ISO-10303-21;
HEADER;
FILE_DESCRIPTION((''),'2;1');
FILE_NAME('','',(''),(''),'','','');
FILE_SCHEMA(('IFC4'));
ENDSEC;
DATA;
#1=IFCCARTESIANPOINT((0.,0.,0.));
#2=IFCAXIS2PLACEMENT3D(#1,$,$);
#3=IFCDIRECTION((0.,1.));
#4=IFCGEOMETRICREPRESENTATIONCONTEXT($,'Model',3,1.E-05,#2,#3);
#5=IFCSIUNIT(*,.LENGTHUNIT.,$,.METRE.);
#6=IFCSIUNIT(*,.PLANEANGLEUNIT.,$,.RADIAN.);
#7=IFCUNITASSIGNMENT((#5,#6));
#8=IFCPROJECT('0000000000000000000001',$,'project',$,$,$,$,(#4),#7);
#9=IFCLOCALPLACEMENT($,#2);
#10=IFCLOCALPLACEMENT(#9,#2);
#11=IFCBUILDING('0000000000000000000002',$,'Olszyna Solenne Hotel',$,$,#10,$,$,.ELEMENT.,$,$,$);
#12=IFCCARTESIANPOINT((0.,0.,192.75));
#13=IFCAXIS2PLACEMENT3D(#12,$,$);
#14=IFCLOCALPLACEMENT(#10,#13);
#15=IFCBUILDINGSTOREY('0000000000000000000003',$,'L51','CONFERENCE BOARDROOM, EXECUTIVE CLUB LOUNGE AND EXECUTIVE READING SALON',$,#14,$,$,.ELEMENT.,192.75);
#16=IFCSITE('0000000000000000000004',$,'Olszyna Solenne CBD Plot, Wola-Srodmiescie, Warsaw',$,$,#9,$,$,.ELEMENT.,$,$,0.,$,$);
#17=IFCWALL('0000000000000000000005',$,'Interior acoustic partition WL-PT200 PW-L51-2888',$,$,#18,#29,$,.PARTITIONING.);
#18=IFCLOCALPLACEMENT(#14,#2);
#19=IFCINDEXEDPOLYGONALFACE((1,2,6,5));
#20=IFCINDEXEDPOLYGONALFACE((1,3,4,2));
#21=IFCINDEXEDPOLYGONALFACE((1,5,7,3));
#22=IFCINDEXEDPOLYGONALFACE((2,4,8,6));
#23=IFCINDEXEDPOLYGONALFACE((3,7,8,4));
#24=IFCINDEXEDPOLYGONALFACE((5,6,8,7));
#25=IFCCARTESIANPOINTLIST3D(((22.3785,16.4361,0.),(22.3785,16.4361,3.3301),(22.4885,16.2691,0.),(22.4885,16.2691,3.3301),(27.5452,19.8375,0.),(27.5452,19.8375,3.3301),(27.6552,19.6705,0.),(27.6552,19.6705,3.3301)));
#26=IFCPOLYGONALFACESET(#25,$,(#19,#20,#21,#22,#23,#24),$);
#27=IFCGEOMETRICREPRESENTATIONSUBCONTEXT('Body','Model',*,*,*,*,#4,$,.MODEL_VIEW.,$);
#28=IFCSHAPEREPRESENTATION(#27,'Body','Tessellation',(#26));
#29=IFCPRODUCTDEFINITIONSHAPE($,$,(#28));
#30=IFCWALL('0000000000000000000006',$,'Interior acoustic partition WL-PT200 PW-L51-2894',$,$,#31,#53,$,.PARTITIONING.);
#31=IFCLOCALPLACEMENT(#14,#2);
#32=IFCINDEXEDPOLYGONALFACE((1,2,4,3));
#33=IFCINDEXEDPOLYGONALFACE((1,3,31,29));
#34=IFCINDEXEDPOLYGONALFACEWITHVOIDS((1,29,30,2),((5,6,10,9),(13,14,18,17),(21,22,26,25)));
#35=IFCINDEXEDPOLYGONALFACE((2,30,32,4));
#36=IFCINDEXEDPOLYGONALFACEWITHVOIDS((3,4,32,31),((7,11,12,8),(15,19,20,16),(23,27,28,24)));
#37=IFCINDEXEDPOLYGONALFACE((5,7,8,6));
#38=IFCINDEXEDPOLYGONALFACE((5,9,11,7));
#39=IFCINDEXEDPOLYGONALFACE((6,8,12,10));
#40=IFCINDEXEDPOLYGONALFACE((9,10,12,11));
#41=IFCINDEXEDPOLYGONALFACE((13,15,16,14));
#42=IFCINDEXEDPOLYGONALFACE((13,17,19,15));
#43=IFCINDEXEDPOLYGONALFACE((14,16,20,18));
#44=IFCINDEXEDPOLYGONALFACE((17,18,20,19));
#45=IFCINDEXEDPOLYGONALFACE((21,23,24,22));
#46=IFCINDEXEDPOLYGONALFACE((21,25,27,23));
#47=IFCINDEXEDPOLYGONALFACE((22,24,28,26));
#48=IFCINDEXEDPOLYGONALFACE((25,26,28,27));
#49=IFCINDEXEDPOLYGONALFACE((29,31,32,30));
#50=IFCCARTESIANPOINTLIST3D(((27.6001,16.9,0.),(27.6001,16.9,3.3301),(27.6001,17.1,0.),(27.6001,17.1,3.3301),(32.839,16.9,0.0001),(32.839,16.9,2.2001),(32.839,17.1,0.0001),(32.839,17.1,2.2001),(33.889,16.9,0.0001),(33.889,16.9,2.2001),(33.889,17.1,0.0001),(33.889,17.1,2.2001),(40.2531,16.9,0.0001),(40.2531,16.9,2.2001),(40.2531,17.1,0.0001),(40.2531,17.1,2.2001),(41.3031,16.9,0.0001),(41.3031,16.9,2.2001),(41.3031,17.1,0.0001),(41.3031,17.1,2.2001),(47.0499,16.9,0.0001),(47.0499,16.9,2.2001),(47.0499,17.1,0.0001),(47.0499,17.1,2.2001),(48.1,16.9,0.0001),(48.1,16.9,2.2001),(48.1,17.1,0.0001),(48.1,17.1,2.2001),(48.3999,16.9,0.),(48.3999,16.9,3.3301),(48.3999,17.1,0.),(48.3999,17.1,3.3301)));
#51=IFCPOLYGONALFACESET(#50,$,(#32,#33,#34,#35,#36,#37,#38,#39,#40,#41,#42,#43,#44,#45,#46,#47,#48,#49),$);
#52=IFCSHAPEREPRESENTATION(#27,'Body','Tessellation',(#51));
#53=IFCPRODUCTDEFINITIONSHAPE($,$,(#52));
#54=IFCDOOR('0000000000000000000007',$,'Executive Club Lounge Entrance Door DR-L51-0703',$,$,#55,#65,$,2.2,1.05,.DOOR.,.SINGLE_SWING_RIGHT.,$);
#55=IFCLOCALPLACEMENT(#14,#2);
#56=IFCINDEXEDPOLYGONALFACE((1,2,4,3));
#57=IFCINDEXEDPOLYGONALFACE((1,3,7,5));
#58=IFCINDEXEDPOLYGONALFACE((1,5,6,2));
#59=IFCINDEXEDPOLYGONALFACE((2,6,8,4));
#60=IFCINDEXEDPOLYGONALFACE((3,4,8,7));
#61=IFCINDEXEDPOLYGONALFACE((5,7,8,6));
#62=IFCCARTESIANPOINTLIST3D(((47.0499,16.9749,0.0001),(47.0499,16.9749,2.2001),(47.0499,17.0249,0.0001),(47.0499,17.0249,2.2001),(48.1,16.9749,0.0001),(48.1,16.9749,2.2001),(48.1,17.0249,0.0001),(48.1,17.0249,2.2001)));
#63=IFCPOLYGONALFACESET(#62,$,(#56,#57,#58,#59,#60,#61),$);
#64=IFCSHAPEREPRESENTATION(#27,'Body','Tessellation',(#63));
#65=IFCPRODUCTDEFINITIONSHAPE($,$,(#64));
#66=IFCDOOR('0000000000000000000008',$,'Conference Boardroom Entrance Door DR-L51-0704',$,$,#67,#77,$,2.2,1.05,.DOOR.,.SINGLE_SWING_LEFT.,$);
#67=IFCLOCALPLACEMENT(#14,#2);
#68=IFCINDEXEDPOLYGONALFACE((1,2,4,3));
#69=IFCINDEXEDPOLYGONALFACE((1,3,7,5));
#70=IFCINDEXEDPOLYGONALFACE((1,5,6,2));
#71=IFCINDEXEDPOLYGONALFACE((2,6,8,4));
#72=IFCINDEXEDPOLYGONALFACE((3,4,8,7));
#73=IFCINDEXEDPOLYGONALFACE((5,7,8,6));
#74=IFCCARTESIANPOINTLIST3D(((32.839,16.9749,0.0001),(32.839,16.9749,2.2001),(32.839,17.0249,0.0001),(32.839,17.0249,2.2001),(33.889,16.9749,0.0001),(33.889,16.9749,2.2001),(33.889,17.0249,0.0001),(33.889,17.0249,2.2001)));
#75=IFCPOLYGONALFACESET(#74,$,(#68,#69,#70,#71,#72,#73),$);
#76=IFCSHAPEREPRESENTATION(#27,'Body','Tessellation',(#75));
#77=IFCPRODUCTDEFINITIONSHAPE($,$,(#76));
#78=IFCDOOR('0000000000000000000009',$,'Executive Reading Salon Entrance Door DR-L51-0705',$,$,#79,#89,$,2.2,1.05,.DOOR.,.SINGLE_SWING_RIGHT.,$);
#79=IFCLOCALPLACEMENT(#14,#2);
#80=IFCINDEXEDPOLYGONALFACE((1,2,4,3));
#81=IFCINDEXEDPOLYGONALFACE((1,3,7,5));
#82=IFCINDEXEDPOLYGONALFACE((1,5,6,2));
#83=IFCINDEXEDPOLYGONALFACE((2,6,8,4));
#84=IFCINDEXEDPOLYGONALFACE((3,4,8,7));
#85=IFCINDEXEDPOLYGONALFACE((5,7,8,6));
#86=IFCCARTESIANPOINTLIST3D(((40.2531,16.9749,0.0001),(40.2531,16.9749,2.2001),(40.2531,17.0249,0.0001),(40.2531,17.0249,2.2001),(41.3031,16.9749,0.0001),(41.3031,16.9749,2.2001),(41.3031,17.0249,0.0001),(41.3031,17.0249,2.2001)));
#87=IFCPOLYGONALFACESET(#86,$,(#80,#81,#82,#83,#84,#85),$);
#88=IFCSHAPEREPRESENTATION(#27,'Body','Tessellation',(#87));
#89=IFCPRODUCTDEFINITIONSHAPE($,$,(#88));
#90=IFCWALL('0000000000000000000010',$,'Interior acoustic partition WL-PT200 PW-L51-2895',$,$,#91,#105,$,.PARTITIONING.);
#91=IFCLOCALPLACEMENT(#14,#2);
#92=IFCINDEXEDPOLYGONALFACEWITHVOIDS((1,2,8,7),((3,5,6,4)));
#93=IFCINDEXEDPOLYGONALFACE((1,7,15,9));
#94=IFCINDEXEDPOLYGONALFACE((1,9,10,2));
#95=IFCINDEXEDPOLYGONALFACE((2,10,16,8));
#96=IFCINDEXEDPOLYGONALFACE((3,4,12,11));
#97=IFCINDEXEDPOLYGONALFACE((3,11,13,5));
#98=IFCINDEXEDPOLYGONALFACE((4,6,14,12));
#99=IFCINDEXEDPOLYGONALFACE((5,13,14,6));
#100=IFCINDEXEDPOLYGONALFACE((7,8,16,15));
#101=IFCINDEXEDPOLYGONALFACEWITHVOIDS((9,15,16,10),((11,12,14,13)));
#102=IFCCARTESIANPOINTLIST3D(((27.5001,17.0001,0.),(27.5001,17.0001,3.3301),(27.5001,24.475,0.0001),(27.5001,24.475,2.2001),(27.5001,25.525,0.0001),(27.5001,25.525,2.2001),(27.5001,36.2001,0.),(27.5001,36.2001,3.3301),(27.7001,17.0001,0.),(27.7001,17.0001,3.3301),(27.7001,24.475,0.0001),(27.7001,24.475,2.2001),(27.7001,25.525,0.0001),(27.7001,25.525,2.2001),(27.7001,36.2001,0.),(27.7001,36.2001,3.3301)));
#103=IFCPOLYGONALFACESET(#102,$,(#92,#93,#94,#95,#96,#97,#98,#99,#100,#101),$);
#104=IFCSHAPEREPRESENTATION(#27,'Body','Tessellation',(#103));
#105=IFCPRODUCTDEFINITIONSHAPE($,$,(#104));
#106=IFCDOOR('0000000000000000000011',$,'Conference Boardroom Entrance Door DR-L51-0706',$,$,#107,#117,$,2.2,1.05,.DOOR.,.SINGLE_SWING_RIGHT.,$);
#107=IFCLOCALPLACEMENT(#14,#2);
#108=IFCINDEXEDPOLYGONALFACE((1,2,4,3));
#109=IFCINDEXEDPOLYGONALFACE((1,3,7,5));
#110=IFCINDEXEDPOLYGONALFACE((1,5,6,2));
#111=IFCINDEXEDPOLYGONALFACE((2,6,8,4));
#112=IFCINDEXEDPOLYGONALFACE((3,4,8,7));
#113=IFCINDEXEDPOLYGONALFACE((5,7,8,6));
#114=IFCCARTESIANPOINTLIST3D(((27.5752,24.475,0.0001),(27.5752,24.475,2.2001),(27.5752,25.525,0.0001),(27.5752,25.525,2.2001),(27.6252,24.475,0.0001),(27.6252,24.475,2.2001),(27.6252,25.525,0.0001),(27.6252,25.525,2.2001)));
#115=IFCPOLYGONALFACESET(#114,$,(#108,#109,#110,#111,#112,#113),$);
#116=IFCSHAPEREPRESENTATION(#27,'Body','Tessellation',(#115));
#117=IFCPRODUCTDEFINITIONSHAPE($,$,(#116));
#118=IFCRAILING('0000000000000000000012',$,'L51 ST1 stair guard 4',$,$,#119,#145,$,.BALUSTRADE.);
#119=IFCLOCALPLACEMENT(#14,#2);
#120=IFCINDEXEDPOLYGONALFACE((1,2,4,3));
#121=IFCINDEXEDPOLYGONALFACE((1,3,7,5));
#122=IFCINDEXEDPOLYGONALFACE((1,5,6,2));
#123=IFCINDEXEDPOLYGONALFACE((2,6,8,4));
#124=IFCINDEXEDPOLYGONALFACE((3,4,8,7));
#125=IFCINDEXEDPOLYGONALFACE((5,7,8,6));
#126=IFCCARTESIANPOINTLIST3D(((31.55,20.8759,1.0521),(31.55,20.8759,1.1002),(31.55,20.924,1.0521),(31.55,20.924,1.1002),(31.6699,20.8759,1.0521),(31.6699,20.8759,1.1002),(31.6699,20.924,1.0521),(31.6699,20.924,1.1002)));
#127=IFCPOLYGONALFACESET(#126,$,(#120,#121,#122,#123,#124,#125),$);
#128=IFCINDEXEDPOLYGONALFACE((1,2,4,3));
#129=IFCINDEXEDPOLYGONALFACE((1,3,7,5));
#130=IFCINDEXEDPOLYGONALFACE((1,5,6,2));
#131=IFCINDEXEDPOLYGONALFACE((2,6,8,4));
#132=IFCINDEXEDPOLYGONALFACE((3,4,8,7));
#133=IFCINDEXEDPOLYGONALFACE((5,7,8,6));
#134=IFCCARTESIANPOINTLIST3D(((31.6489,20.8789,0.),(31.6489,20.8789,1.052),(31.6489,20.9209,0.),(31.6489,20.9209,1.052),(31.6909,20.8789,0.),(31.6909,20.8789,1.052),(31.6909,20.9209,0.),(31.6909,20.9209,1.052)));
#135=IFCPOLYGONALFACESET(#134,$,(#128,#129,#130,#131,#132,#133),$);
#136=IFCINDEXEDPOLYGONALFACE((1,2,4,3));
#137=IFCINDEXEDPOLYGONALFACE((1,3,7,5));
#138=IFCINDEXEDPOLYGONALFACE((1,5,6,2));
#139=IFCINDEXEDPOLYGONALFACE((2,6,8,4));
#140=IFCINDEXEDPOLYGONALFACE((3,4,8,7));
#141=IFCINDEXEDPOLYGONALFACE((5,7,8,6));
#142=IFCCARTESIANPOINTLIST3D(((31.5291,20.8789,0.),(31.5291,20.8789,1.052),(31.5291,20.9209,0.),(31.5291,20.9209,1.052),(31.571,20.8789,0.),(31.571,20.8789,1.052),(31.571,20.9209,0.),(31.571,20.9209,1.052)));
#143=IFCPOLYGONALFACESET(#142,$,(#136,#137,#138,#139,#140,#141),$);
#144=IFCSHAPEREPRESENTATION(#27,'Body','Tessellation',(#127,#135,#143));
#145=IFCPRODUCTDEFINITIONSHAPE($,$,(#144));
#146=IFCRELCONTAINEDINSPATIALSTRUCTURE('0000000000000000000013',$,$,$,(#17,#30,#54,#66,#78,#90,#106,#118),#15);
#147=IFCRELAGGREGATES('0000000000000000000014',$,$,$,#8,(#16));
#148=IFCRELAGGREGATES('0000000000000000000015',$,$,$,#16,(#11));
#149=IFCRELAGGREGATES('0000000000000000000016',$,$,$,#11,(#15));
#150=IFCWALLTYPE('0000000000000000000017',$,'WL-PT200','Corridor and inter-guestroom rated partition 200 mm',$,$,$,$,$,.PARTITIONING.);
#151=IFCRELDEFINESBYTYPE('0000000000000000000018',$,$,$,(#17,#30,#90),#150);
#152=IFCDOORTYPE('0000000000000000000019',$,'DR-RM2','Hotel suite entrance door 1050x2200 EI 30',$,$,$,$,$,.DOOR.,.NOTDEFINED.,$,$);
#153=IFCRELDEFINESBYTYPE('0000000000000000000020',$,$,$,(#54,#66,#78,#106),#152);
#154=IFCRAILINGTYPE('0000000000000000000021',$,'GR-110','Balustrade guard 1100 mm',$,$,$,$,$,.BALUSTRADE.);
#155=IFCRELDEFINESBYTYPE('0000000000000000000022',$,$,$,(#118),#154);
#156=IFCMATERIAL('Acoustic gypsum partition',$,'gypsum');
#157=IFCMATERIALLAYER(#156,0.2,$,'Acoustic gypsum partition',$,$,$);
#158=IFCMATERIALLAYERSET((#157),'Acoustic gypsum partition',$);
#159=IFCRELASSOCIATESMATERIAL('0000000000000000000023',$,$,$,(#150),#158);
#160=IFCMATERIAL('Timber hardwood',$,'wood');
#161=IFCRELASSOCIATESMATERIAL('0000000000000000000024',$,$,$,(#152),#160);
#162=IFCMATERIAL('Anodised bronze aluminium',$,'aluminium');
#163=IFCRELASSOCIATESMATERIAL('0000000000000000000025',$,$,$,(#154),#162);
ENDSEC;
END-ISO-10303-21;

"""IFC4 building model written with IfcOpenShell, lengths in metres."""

from ifc_helpers import new_model, si_unit, direction, frame, frame_2d, origin, origin_2d, place, context, subcontext, project, spatial, rectangle, extrude, source, transform, mapped, material, layer, layer_set, type_object, type_shapes, element, fill, save


model = new_model("IFC4")

# Units and contexts
model_context = context("Model", 3, precision=1e-05, world=origin(), true_north=direction((0.0, 1.0)))
body_context = subcontext(model_context, "Body", "Model", "MODEL_VIEW")
ifc_project = project(units=[si_unit("LENGTHUNIT", "METRE"), si_unit("PLANEANGLEUNIT", "RADIAN")], contexts=[model_context])

# Site, building, storey
site_placement = place(None, origin())
site = spatial("IfcSite", under=ifc_project, at=site_placement, Name="Olszyna Solenne CBD Plot, Wola-Srodmiescie, Warsaw", CompositionType="ELEMENT", RefElevation=0.0)
building_placement = place(site_placement, origin())
building = spatial("IfcBuilding", under=site, at=building_placement, Name="Olszyna Solenne Hotel", CompositionType="ELEMENT")
storey_placement = place(building_placement, frame((0.0, 0.0, 192.75)))
storey = spatial("IfcBuildingStorey", under=building, at=storey_placement, Name="L51", Description="CONFERENCE BOARDROOM, EXECUTIVE CLUB LOUNGE AND EXECUTIVE READING SALON", CompositionType="ELEMENT", Elevation=192.75)

# Shared definitions
ifc_material_1 = material(Name="Anodised bronze aluminium", Category="aluminium")

# Shared definitions
ifc_material_2 = material(Name="Timber hardwood", Category="wood")
ifc_material_3 = material(Name="Acoustic gypsum partition", Category="gypsum")

# Wall
ifc_layer_1 = layer(ifc_material_3, 0.2, Name="Acoustic gypsum partition")
ifc_layer_set_1 = layer_set([ifc_layer_1], Name="Acoustic gypsum partition")
wall_type_1 = type_object("IfcWallType", Name="WL-PT200", Description="Corridor and inter-guestroom rated partition 200 mm", PredefinedType="PARTITIONING", material=ifc_layer_set_1)
wall_1_placement = place(storey_placement, frame((27.6001, 19.7539, 0.0), z_axis=(0.0, 0.0, 1.0), x_axis=(-0.835254, -0.549864, 0.0)))
element("IfcWall", 1, at=wall_1_placement, inside=storey, type_object=wall_type_1, Name="Interior acoustic partition WL-PT200 PW-L51-2888", PredefinedType="PARTITIONING", context=body_context, shape_type="SweptSolid", body=[
    extrude(rectangle(XDim=6.1858, YDim=0.2, at=frame_2d((3.0928, 0.0))), origin(), (0.0, 0.0, 1.0), 3.3301),
])

# Wall, openings, doors
wall_2_placement = place(storey_placement, frame((27.6001, 17.0, 0.0), z_axis=(0.0, 0.0, 1.0), x_axis=(1.0, 0.0, 0.0)))
wall_2 = element("IfcWall", 2, at=wall_2_placement, inside=storey, type_object=wall_type_1, Name="Interior acoustic partition WL-PT200 PW-L51-2894", PredefinedType="PARTITIONING", context=body_context, shape_type="SweptSolid", body=[
    extrude(rectangle(XDim=20.7998, YDim=0.2, at=frame_2d((10.3999, 0.0))), origin(), (0.0, 0.0, 1.0), 3.3301),
])
opening_1_placement = place(wall_2_placement, frame((19.45, 0.0, 0.0)))
opening_1 = element("IfcOpeningElement", 3, at=opening_1_placement, cuts=wall_2, PredefinedType="OPENING", context=body_context, shape_type="SweptSolid", body=[
    extrude(rectangle(XDim=1.05, YDim=2.2, at=frame_2d((0.5249, 1.1001))), frame((0.0, 0.1099, 0.0), z_axis=(0.0, -1.0, 0.0), x_axis=(1.0, 0.0, 0.0)), (0.0, 0.0, 1.0), 0.22),
])
opening_2_placement = place(wall_2_placement, frame((5.239, 0.0, 0.0)))
opening_2 = element("IfcOpeningElement", 4, at=opening_2_placement, cuts=wall_2, PredefinedType="OPENING", context=body_context, shape_type="SweptSolid", body=[
    extrude(rectangle(XDim=1.05, YDim=2.2, at=frame_2d((0.5249, 1.1001))), frame((0.0, 0.1099, 0.0), z_axis=(0.0, -1.0, 0.0), x_axis=(1.0, 0.0, 0.0)), (0.0, 0.0, 1.0), 0.22),
])
opening_3_placement = place(wall_2_placement, frame((12.6531, 0.0, 0.0)))
opening_3 = element("IfcOpeningElement", 5, at=opening_3_placement, cuts=wall_2, PredefinedType="OPENING", context=body_context, shape_type="SweptSolid", body=[
    extrude(rectangle(XDim=1.05, YDim=2.2, at=frame_2d((0.5249, 1.1001))), frame((0.0, 0.1099, 0.0), z_axis=(0.0, -1.0, 0.0), x_axis=(1.0, 0.0, 0.0)), (0.0, 0.0, 1.0), 0.22),
])
door_type_1 = type_object("IfcDoorType", Name="DR-RM2", Description="Hotel suite entrance door 1050x2200 EI 30", OperationType="NOTDEFINED", PredefinedType="DOOR", material=ifc_material_2)
shared_shape_1 = source(origin(), body_context, "Body", "SweptSolid", [
    extrude(rectangle(XDim=1.05, YDim=2.2, at=frame_2d((0.5249, 1.1001))), frame((0.0, 0.0249, 0.0), z_axis=(0.0, -1.0, 0.0), x_axis=(1.0, 0.0, 0.0)), (0.0, 0.0, 1.0), 0.05),
])
type_shapes(door_type_1, [shared_shape_1])
door_1_placement = place(opening_1_placement, origin())
door_1 = element("IfcDoor", 6, at=door_1_placement, inside=storey, type_object=door_type_1, Name="Executive Club Lounge Entrance Door DR-L51-0703", OperationType="SINGLE_SWING_RIGHT", OverallHeight=2.2, OverallWidth=1.05, PredefinedType="DOOR", context=body_context, shape_type="MappedRepresentation", body=[
    mapped(shared_shape_1, transform((0.0, 0.0, 0.0), x_axis=(1.0, 0.0, 0.0), y_axis=(0.0, 1.0, 0.0), z_axis=(0.0, 0.0, 1.0), scale=1.0)),
])
fill(opening_1, door_1)
door_2_placement = place(opening_2_placement, origin())
door_2 = element("IfcDoor", 7, at=door_2_placement, inside=storey, type_object=door_type_1, Name="Conference Boardroom Entrance Door DR-L51-0704", OperationType="SINGLE_SWING_LEFT", OverallHeight=2.2, OverallWidth=1.05, PredefinedType="DOOR", context=body_context, shape_type="MappedRepresentation", body=[
    mapped(shared_shape_1, transform((0.0, 0.0, 0.0), x_axis=(1.0, 0.0, 0.0), y_axis=(0.0, 1.0, 0.0), z_axis=(0.0, 0.0, 1.0), scale=1.0)),
])
fill(opening_2, door_2)
door_3_placement = place(opening_3_placement, origin())
door_3 = element("IfcDoor", 8, at=door_3_placement, inside=storey, type_object=door_type_1, Name="Executive Reading Salon Entrance Door DR-L51-0705", OperationType="SINGLE_SWING_RIGHT", OverallHeight=2.2, OverallWidth=1.05, PredefinedType="DOOR", context=body_context, shape_type="MappedRepresentation", body=[
    mapped(shared_shape_1, transform((0.0, 0.0, 0.0), x_axis=(1.0, 0.0, 0.0), y_axis=(0.0, 1.0, 0.0), z_axis=(0.0, 0.0, 1.0), scale=1.0)),
])
fill(opening_3, door_3)

# Wall, opening, door
wall_3_placement = place(storey_placement, frame((27.6001, 17.0, 0.0), z_axis=(0.0, 0.0, 1.0), x_axis=(0.0, 1.0, 0.0)))
wall_3 = element("IfcWall", 9, at=wall_3_placement, inside=storey, type_object=wall_type_1, Name="Interior acoustic partition WL-PT200 PW-L51-2895", PredefinedType="PARTITIONING", context=body_context, shape_type="SweptSolid", body=[
    extrude(rectangle(XDim=19.2, YDim=0.2, at=frame_2d((9.6001, 0.0))), origin(), (0.0, 0.0, 1.0), 3.3301),
])
opening_4_placement = place(wall_3_placement, frame((7.4751, 0.0, 0.0)))
opening_4 = element("IfcOpeningElement", 10, at=opening_4_placement, cuts=wall_3, PredefinedType="OPENING", context=body_context, shape_type="SweptSolid", body=[
    extrude(rectangle(XDim=1.05, YDim=2.2, at=frame_2d((0.5249, 1.1001))), frame((0.0, 0.1099, 0.0), z_axis=(0.0, -1.0, 0.0), x_axis=(1.0, 0.0, 0.0)), (0.0, 0.0, 1.0), 0.22),
])
door_4_placement = place(opening_4_placement, origin())
door_4 = element("IfcDoor", 11, at=door_4_placement, inside=storey, type_object=door_type_1, Name="Conference Boardroom Entrance Door DR-L51-0706", OperationType="SINGLE_SWING_RIGHT", OverallHeight=2.2, OverallWidth=1.05, PredefinedType="DOOR", context=body_context, shape_type="MappedRepresentation", body=[
    mapped(shared_shape_1, transform((0.0, 0.0, 0.0), x_axis=(1.0, 0.0, 0.0), y_axis=(0.0, 1.0, 0.0), z_axis=(0.0, 0.0, 1.0), scale=1.0)),
])
fill(opening_4, door_4)

# Railing
railing_type = type_object("IfcRailingType", Name="GR-110", Description="Balustrade guard 1100 mm", PredefinedType="BALUSTRADE", material=ifc_material_1)
railing_placement = place(storey_placement, frame((31.6699, 20.8999, 0.0)))
element("IfcRailing", 12, at=railing_placement, inside=storey, type_object=railing_type, Name="L51 ST1 stair guard 4", PredefinedType="BALUSTRADE", context=body_context, shape_type="SweptSolid", body=[
    extrude(rectangle(XDim=0.0481, YDim=0.0481, at=origin_2d()), frame((0.0, 0.0, 1.0762), z_axis=(-1.0, 0.0, 0.0), x_axis=(0.0, -1.0, 0.0)), (0.0, 0.0, 1.0), 0.1199),
    extrude(rectangle(XDim=0.042, YDim=0.042, at=origin_2d()), origin(), (0.0, 0.0, 1.0), 1.052),
    extrude(rectangle(XDim=0.042, YDim=0.042, at=origin_2d()), frame((-0.1199, 0.0, 0.0)), (0.0, 0.0, 1.0), 1.052),
])

save(model, "model.ifc")
